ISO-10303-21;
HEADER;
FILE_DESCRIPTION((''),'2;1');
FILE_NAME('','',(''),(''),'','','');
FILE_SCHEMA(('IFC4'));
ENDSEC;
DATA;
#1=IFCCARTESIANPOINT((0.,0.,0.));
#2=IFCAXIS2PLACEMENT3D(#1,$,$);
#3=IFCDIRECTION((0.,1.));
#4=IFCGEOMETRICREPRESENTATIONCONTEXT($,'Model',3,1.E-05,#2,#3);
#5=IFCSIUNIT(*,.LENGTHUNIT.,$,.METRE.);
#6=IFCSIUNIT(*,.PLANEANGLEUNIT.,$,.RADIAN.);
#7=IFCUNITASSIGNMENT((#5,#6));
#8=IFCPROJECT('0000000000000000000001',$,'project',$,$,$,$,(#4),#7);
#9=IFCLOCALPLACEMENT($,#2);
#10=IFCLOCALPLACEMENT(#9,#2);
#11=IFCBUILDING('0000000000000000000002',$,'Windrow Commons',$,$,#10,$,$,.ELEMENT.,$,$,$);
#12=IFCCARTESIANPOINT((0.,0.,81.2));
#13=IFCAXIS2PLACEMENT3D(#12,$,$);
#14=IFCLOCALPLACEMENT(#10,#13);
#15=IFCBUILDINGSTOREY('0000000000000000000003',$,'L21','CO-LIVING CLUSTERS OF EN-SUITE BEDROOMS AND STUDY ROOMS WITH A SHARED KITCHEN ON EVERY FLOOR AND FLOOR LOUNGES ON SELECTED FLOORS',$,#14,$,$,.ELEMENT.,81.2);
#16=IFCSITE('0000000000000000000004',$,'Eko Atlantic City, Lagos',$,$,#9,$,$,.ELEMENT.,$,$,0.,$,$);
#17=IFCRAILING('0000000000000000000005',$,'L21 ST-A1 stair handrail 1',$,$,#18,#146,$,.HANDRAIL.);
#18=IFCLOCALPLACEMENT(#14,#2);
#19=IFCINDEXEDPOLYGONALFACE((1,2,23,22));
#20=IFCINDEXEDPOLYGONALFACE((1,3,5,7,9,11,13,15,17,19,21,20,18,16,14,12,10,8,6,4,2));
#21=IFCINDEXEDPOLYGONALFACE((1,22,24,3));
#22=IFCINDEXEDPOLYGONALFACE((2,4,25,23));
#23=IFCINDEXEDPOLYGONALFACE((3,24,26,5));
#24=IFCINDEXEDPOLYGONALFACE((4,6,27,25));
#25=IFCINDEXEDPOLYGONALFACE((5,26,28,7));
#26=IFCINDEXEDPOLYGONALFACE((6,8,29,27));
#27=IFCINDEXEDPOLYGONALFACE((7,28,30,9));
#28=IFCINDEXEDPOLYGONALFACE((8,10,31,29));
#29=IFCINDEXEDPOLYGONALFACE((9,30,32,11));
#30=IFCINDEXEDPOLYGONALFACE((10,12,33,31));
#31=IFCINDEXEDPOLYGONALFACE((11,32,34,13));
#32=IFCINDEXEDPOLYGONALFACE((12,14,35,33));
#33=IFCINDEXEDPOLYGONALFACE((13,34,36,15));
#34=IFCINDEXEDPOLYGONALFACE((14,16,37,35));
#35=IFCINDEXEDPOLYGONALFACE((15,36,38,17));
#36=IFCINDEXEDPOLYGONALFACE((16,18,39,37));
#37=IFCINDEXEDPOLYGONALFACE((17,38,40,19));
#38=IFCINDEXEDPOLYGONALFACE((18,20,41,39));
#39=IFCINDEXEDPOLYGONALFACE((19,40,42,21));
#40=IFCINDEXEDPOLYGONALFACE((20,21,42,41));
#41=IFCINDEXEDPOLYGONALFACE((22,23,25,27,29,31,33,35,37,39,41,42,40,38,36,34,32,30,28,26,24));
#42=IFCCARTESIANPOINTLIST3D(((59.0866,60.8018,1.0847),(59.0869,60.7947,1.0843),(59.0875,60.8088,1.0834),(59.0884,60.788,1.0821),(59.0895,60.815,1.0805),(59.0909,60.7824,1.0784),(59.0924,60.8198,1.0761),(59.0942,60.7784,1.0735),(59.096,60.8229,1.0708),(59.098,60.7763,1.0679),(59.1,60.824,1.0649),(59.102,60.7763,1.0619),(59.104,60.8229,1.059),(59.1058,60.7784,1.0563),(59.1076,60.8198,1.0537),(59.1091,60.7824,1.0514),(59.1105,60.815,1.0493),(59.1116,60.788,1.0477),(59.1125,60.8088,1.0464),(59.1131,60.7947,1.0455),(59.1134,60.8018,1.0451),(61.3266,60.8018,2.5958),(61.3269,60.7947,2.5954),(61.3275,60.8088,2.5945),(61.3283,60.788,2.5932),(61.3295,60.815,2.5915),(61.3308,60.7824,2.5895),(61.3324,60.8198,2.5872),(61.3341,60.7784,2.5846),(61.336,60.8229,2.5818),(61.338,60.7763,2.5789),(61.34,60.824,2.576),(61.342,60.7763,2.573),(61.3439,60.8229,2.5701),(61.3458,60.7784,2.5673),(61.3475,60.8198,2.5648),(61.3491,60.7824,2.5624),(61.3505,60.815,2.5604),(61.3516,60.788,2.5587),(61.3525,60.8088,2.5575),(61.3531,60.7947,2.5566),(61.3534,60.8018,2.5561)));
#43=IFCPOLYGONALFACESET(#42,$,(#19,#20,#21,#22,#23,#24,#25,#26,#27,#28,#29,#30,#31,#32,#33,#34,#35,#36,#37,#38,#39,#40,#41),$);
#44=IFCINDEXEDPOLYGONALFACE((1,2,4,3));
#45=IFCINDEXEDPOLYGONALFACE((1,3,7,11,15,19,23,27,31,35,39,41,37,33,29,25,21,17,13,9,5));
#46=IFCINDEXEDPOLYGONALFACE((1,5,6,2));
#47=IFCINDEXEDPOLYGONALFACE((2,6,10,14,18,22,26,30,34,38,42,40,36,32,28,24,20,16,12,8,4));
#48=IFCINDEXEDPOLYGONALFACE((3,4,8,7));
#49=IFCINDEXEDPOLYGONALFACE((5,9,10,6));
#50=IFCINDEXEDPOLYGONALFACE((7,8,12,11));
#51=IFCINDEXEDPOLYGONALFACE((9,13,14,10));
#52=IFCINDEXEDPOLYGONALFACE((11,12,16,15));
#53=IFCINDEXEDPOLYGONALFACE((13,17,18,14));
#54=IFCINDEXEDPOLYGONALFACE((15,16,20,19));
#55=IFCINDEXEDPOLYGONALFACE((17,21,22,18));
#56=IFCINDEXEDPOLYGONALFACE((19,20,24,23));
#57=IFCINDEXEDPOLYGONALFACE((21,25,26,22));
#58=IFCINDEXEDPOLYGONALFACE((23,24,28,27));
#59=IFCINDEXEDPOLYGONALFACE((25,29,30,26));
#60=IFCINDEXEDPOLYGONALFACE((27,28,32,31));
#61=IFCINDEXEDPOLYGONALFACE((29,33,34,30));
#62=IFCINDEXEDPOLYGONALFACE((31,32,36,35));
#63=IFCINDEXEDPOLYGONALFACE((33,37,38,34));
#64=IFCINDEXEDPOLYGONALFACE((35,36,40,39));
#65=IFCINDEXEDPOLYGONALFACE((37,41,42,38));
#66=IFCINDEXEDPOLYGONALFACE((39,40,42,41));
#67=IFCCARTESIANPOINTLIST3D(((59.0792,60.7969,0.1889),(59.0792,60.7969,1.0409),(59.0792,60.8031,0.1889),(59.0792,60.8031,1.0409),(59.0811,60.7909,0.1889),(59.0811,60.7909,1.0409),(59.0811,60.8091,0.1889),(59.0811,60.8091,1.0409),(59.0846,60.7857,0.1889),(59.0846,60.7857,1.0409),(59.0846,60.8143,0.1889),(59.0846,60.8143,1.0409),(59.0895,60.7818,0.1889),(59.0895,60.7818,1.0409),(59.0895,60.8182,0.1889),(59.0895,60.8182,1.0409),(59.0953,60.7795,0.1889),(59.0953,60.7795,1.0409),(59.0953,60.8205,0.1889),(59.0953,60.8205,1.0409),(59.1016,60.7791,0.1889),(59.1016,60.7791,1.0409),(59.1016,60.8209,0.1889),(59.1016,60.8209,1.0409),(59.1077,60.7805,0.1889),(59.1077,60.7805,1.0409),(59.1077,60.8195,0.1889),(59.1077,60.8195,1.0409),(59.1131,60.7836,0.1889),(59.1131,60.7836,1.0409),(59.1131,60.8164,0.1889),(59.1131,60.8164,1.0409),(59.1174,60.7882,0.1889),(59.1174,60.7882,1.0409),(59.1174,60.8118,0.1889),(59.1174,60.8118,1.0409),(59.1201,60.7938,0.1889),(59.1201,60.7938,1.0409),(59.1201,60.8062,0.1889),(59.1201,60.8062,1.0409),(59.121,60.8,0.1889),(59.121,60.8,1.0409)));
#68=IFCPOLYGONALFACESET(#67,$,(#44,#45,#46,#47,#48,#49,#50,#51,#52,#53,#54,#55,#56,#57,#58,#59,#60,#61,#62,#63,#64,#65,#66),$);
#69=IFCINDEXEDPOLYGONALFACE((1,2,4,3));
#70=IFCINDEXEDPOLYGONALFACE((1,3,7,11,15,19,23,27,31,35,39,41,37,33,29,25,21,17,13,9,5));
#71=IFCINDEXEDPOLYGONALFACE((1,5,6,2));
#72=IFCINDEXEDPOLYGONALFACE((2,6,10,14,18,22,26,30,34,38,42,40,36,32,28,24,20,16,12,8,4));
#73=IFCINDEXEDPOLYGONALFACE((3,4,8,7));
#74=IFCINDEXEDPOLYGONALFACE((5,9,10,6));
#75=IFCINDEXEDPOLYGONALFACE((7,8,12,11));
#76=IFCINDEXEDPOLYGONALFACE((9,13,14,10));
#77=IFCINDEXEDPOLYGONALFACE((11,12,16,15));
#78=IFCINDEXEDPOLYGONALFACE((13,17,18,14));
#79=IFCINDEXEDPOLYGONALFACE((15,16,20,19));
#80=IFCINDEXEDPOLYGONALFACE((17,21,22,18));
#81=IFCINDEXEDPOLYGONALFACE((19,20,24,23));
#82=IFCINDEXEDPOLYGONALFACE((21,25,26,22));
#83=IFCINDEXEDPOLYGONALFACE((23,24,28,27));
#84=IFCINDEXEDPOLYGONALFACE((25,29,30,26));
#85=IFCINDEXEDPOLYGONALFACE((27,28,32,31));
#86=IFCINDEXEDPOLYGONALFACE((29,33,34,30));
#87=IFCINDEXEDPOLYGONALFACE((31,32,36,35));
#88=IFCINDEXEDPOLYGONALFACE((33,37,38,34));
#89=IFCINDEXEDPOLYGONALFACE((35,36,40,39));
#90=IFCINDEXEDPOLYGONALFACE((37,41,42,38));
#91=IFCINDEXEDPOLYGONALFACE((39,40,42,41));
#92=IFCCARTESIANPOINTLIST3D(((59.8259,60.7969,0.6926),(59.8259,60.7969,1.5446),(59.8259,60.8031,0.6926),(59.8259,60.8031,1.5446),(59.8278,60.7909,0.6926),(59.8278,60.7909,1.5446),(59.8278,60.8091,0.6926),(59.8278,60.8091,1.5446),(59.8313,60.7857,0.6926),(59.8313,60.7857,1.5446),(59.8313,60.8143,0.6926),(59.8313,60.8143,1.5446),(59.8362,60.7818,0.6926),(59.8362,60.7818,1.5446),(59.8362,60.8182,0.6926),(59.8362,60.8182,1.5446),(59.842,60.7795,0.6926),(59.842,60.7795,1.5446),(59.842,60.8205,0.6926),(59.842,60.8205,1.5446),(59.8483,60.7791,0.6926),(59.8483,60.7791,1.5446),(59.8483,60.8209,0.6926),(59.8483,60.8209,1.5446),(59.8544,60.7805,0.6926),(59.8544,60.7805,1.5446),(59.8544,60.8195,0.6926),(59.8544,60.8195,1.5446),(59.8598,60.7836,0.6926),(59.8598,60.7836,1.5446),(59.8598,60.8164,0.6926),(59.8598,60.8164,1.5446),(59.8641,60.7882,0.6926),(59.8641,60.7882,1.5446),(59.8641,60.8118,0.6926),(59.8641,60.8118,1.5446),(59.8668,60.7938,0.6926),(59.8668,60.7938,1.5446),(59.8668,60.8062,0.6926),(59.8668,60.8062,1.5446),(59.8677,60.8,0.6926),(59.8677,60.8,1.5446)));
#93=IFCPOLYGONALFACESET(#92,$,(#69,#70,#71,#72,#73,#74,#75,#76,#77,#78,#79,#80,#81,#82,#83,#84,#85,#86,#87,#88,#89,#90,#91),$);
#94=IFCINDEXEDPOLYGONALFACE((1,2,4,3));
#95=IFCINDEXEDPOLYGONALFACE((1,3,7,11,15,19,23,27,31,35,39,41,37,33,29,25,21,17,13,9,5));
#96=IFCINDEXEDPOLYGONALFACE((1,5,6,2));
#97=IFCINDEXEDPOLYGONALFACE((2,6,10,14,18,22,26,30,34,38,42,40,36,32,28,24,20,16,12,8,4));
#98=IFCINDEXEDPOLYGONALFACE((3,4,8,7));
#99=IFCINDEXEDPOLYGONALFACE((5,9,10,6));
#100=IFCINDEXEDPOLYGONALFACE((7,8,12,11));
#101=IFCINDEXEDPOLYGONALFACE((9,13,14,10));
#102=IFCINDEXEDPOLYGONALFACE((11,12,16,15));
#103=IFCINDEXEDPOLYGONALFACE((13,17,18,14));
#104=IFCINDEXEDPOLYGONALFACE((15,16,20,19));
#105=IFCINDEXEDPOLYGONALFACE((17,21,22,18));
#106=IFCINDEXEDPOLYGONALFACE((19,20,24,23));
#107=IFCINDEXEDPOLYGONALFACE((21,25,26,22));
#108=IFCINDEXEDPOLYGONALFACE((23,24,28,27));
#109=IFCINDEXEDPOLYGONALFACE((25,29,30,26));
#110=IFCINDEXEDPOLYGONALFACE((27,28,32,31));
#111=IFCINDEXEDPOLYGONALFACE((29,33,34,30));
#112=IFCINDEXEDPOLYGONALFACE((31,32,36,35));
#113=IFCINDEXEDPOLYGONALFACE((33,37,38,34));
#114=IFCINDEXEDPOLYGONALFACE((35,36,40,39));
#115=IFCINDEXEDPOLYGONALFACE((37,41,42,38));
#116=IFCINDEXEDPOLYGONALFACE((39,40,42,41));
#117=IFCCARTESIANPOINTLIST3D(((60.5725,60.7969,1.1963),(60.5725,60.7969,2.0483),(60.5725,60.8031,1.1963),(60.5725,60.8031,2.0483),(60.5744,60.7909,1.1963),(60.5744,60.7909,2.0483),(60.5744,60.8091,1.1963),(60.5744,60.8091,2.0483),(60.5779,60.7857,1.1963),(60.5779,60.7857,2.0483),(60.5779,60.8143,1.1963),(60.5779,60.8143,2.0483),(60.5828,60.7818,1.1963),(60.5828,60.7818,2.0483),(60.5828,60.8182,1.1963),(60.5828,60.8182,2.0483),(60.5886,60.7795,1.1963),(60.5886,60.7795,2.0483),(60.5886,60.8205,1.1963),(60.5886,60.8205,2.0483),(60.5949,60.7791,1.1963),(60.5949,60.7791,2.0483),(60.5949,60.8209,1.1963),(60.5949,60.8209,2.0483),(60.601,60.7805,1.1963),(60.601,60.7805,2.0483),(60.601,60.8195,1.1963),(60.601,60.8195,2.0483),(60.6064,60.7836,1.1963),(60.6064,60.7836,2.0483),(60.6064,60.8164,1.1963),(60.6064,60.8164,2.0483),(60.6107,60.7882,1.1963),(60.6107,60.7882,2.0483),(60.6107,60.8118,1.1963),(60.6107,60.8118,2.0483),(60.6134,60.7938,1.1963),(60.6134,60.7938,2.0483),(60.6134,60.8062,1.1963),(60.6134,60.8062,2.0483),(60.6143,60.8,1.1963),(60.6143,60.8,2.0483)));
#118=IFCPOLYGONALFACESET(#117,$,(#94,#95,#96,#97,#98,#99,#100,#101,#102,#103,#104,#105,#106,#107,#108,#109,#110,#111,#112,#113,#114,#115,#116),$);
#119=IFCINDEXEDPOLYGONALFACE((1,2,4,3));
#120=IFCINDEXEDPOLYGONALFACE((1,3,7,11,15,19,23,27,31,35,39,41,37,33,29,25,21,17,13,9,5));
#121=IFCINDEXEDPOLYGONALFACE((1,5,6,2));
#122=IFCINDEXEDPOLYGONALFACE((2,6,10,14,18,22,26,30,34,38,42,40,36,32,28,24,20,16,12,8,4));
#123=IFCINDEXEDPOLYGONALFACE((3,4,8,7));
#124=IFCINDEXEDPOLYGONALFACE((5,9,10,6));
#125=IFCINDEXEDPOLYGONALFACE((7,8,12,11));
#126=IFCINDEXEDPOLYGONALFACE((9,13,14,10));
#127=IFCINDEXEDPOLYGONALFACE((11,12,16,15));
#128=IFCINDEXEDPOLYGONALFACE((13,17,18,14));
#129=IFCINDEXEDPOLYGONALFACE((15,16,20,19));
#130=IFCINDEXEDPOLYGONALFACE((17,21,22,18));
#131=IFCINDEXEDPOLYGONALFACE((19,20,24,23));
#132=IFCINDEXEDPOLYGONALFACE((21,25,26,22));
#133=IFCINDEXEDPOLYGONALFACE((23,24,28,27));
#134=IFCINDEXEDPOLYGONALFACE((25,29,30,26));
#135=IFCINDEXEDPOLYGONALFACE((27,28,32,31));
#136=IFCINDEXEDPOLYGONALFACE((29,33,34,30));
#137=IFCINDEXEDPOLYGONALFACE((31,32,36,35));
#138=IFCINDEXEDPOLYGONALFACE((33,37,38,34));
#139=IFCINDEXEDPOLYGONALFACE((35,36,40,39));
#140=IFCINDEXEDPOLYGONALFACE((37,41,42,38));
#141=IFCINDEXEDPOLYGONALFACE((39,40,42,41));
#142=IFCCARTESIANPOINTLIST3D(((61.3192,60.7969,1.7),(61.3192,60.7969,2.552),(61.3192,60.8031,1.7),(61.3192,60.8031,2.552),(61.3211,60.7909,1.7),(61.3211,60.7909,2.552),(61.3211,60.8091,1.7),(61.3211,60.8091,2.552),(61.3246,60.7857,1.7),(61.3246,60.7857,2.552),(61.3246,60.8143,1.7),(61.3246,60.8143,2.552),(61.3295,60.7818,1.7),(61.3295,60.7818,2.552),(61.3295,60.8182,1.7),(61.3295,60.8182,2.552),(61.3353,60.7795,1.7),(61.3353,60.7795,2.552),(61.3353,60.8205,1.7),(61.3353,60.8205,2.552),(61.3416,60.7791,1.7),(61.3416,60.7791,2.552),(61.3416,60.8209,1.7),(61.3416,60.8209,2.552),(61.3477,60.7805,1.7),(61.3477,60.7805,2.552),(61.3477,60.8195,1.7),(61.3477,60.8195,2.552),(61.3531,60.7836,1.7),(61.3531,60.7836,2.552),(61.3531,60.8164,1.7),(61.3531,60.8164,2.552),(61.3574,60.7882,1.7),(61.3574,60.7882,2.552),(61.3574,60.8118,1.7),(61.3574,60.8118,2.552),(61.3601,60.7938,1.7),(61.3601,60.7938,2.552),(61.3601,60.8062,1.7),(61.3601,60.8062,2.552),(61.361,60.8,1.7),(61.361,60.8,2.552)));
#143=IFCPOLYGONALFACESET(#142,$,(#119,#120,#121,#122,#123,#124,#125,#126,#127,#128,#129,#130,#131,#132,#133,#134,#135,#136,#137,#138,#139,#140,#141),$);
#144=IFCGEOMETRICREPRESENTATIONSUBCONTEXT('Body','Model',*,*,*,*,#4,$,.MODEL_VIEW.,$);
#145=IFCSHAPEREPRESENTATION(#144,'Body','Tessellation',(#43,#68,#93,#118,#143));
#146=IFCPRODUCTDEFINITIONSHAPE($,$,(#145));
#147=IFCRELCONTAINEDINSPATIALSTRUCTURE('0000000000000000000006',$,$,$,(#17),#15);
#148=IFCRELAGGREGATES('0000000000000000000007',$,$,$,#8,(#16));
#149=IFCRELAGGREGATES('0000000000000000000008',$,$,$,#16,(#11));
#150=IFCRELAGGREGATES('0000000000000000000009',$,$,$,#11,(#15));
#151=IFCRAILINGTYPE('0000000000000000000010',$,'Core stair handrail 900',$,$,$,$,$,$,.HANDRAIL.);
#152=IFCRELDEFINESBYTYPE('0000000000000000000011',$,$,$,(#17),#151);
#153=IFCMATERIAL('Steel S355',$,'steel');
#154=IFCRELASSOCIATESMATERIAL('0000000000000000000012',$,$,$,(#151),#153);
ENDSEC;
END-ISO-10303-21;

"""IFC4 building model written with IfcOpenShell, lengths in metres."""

from ifc_helpers import new_model, si_unit, direction, frame, origin, origin_2d, place, context, subcontext, project, spatial, circle, extrude, material, type_object, element, save


model = new_model("IFC4")

# Units and contexts
model_context = context("Model", 3, precision=1e-05, world=origin(), true_north=direction((0.0, 1.0)))
body_context = subcontext(model_context, "Body", "Model", "MODEL_VIEW")
ifc_project = project(units=[si_unit("LENGTHUNIT", "METRE"), si_unit("PLANEANGLEUNIT", "RADIAN")], contexts=[model_context])

# Site, building, storey
site_placement = place(None, origin())
site = spatial("IfcSite", under=ifc_project, at=site_placement, Name="Eko Atlantic City, Lagos", CompositionType="ELEMENT", RefElevation=0.0)
building_placement = place(site_placement, origin())
building = spatial("IfcBuilding", under=site, at=building_placement, Name="Windrow Commons", CompositionType="ELEMENT")
storey_placement = place(building_placement, frame((0.0, 0.0, 81.2)))
storey = spatial("IfcBuildingStorey", under=building, at=storey_placement, Name="L21", Description="CO-LIVING CLUSTERS OF EN-SUITE BEDROOMS AND STUDY ROOMS WITH A SHARED KITCHEN ON EVERY FLOOR AND FLOOR LOUNGES ON SELECTED FLOORS", CompositionType="ELEMENT", Elevation=81.2)

# Railing
ifc_material_1 = material(Name="Steel S355", Category="steel")
railing_type_1 = type_object("IfcRailingType", Name="Core stair handrail 900", PredefinedType="HANDRAIL", material=ifc_material_1)
railing_1_placement = place(storey_placement, frame((59.1, 60.8, 0.1889)))
element("IfcRailing", 1, at=railing_1_placement, inside=storey, type_object=railing_type_1, Name="L21 ST-A1 stair handrail 1", PredefinedType="HANDRAIL", context=body_context, shape_type="SweptSolid", body=[
    extrude(circle(Radius=0.024, at=origin_2d()), frame((0.0, 0.0, 0.876), z_axis=(0.829003, 0.0, 0.559244), x_axis=(0.0, 1.0, 0.0)), (0.0, 0.0, 1.0), 2.702),
    extrude(circle(Radius=0.021, at=origin_2d()), origin(), (0.0, 0.0, 1.0), 0.852),
    extrude(circle(Radius=0.021, at=origin_2d()), frame((0.7467, 0.0, 0.5037)), (0.0, 0.0, 1.0), 0.852),
    extrude(circle(Radius=0.021, at=origin_2d()), frame((1.4933, 0.0, 1.0074)), (0.0, 0.0, 1.0), 0.852),
    extrude(circle(Radius=0.021, at=origin_2d()), frame((2.24, 0.0, 1.5111)), (0.0, 0.0, 1.0), 0.852),
])

save(model, "model.ifc")
